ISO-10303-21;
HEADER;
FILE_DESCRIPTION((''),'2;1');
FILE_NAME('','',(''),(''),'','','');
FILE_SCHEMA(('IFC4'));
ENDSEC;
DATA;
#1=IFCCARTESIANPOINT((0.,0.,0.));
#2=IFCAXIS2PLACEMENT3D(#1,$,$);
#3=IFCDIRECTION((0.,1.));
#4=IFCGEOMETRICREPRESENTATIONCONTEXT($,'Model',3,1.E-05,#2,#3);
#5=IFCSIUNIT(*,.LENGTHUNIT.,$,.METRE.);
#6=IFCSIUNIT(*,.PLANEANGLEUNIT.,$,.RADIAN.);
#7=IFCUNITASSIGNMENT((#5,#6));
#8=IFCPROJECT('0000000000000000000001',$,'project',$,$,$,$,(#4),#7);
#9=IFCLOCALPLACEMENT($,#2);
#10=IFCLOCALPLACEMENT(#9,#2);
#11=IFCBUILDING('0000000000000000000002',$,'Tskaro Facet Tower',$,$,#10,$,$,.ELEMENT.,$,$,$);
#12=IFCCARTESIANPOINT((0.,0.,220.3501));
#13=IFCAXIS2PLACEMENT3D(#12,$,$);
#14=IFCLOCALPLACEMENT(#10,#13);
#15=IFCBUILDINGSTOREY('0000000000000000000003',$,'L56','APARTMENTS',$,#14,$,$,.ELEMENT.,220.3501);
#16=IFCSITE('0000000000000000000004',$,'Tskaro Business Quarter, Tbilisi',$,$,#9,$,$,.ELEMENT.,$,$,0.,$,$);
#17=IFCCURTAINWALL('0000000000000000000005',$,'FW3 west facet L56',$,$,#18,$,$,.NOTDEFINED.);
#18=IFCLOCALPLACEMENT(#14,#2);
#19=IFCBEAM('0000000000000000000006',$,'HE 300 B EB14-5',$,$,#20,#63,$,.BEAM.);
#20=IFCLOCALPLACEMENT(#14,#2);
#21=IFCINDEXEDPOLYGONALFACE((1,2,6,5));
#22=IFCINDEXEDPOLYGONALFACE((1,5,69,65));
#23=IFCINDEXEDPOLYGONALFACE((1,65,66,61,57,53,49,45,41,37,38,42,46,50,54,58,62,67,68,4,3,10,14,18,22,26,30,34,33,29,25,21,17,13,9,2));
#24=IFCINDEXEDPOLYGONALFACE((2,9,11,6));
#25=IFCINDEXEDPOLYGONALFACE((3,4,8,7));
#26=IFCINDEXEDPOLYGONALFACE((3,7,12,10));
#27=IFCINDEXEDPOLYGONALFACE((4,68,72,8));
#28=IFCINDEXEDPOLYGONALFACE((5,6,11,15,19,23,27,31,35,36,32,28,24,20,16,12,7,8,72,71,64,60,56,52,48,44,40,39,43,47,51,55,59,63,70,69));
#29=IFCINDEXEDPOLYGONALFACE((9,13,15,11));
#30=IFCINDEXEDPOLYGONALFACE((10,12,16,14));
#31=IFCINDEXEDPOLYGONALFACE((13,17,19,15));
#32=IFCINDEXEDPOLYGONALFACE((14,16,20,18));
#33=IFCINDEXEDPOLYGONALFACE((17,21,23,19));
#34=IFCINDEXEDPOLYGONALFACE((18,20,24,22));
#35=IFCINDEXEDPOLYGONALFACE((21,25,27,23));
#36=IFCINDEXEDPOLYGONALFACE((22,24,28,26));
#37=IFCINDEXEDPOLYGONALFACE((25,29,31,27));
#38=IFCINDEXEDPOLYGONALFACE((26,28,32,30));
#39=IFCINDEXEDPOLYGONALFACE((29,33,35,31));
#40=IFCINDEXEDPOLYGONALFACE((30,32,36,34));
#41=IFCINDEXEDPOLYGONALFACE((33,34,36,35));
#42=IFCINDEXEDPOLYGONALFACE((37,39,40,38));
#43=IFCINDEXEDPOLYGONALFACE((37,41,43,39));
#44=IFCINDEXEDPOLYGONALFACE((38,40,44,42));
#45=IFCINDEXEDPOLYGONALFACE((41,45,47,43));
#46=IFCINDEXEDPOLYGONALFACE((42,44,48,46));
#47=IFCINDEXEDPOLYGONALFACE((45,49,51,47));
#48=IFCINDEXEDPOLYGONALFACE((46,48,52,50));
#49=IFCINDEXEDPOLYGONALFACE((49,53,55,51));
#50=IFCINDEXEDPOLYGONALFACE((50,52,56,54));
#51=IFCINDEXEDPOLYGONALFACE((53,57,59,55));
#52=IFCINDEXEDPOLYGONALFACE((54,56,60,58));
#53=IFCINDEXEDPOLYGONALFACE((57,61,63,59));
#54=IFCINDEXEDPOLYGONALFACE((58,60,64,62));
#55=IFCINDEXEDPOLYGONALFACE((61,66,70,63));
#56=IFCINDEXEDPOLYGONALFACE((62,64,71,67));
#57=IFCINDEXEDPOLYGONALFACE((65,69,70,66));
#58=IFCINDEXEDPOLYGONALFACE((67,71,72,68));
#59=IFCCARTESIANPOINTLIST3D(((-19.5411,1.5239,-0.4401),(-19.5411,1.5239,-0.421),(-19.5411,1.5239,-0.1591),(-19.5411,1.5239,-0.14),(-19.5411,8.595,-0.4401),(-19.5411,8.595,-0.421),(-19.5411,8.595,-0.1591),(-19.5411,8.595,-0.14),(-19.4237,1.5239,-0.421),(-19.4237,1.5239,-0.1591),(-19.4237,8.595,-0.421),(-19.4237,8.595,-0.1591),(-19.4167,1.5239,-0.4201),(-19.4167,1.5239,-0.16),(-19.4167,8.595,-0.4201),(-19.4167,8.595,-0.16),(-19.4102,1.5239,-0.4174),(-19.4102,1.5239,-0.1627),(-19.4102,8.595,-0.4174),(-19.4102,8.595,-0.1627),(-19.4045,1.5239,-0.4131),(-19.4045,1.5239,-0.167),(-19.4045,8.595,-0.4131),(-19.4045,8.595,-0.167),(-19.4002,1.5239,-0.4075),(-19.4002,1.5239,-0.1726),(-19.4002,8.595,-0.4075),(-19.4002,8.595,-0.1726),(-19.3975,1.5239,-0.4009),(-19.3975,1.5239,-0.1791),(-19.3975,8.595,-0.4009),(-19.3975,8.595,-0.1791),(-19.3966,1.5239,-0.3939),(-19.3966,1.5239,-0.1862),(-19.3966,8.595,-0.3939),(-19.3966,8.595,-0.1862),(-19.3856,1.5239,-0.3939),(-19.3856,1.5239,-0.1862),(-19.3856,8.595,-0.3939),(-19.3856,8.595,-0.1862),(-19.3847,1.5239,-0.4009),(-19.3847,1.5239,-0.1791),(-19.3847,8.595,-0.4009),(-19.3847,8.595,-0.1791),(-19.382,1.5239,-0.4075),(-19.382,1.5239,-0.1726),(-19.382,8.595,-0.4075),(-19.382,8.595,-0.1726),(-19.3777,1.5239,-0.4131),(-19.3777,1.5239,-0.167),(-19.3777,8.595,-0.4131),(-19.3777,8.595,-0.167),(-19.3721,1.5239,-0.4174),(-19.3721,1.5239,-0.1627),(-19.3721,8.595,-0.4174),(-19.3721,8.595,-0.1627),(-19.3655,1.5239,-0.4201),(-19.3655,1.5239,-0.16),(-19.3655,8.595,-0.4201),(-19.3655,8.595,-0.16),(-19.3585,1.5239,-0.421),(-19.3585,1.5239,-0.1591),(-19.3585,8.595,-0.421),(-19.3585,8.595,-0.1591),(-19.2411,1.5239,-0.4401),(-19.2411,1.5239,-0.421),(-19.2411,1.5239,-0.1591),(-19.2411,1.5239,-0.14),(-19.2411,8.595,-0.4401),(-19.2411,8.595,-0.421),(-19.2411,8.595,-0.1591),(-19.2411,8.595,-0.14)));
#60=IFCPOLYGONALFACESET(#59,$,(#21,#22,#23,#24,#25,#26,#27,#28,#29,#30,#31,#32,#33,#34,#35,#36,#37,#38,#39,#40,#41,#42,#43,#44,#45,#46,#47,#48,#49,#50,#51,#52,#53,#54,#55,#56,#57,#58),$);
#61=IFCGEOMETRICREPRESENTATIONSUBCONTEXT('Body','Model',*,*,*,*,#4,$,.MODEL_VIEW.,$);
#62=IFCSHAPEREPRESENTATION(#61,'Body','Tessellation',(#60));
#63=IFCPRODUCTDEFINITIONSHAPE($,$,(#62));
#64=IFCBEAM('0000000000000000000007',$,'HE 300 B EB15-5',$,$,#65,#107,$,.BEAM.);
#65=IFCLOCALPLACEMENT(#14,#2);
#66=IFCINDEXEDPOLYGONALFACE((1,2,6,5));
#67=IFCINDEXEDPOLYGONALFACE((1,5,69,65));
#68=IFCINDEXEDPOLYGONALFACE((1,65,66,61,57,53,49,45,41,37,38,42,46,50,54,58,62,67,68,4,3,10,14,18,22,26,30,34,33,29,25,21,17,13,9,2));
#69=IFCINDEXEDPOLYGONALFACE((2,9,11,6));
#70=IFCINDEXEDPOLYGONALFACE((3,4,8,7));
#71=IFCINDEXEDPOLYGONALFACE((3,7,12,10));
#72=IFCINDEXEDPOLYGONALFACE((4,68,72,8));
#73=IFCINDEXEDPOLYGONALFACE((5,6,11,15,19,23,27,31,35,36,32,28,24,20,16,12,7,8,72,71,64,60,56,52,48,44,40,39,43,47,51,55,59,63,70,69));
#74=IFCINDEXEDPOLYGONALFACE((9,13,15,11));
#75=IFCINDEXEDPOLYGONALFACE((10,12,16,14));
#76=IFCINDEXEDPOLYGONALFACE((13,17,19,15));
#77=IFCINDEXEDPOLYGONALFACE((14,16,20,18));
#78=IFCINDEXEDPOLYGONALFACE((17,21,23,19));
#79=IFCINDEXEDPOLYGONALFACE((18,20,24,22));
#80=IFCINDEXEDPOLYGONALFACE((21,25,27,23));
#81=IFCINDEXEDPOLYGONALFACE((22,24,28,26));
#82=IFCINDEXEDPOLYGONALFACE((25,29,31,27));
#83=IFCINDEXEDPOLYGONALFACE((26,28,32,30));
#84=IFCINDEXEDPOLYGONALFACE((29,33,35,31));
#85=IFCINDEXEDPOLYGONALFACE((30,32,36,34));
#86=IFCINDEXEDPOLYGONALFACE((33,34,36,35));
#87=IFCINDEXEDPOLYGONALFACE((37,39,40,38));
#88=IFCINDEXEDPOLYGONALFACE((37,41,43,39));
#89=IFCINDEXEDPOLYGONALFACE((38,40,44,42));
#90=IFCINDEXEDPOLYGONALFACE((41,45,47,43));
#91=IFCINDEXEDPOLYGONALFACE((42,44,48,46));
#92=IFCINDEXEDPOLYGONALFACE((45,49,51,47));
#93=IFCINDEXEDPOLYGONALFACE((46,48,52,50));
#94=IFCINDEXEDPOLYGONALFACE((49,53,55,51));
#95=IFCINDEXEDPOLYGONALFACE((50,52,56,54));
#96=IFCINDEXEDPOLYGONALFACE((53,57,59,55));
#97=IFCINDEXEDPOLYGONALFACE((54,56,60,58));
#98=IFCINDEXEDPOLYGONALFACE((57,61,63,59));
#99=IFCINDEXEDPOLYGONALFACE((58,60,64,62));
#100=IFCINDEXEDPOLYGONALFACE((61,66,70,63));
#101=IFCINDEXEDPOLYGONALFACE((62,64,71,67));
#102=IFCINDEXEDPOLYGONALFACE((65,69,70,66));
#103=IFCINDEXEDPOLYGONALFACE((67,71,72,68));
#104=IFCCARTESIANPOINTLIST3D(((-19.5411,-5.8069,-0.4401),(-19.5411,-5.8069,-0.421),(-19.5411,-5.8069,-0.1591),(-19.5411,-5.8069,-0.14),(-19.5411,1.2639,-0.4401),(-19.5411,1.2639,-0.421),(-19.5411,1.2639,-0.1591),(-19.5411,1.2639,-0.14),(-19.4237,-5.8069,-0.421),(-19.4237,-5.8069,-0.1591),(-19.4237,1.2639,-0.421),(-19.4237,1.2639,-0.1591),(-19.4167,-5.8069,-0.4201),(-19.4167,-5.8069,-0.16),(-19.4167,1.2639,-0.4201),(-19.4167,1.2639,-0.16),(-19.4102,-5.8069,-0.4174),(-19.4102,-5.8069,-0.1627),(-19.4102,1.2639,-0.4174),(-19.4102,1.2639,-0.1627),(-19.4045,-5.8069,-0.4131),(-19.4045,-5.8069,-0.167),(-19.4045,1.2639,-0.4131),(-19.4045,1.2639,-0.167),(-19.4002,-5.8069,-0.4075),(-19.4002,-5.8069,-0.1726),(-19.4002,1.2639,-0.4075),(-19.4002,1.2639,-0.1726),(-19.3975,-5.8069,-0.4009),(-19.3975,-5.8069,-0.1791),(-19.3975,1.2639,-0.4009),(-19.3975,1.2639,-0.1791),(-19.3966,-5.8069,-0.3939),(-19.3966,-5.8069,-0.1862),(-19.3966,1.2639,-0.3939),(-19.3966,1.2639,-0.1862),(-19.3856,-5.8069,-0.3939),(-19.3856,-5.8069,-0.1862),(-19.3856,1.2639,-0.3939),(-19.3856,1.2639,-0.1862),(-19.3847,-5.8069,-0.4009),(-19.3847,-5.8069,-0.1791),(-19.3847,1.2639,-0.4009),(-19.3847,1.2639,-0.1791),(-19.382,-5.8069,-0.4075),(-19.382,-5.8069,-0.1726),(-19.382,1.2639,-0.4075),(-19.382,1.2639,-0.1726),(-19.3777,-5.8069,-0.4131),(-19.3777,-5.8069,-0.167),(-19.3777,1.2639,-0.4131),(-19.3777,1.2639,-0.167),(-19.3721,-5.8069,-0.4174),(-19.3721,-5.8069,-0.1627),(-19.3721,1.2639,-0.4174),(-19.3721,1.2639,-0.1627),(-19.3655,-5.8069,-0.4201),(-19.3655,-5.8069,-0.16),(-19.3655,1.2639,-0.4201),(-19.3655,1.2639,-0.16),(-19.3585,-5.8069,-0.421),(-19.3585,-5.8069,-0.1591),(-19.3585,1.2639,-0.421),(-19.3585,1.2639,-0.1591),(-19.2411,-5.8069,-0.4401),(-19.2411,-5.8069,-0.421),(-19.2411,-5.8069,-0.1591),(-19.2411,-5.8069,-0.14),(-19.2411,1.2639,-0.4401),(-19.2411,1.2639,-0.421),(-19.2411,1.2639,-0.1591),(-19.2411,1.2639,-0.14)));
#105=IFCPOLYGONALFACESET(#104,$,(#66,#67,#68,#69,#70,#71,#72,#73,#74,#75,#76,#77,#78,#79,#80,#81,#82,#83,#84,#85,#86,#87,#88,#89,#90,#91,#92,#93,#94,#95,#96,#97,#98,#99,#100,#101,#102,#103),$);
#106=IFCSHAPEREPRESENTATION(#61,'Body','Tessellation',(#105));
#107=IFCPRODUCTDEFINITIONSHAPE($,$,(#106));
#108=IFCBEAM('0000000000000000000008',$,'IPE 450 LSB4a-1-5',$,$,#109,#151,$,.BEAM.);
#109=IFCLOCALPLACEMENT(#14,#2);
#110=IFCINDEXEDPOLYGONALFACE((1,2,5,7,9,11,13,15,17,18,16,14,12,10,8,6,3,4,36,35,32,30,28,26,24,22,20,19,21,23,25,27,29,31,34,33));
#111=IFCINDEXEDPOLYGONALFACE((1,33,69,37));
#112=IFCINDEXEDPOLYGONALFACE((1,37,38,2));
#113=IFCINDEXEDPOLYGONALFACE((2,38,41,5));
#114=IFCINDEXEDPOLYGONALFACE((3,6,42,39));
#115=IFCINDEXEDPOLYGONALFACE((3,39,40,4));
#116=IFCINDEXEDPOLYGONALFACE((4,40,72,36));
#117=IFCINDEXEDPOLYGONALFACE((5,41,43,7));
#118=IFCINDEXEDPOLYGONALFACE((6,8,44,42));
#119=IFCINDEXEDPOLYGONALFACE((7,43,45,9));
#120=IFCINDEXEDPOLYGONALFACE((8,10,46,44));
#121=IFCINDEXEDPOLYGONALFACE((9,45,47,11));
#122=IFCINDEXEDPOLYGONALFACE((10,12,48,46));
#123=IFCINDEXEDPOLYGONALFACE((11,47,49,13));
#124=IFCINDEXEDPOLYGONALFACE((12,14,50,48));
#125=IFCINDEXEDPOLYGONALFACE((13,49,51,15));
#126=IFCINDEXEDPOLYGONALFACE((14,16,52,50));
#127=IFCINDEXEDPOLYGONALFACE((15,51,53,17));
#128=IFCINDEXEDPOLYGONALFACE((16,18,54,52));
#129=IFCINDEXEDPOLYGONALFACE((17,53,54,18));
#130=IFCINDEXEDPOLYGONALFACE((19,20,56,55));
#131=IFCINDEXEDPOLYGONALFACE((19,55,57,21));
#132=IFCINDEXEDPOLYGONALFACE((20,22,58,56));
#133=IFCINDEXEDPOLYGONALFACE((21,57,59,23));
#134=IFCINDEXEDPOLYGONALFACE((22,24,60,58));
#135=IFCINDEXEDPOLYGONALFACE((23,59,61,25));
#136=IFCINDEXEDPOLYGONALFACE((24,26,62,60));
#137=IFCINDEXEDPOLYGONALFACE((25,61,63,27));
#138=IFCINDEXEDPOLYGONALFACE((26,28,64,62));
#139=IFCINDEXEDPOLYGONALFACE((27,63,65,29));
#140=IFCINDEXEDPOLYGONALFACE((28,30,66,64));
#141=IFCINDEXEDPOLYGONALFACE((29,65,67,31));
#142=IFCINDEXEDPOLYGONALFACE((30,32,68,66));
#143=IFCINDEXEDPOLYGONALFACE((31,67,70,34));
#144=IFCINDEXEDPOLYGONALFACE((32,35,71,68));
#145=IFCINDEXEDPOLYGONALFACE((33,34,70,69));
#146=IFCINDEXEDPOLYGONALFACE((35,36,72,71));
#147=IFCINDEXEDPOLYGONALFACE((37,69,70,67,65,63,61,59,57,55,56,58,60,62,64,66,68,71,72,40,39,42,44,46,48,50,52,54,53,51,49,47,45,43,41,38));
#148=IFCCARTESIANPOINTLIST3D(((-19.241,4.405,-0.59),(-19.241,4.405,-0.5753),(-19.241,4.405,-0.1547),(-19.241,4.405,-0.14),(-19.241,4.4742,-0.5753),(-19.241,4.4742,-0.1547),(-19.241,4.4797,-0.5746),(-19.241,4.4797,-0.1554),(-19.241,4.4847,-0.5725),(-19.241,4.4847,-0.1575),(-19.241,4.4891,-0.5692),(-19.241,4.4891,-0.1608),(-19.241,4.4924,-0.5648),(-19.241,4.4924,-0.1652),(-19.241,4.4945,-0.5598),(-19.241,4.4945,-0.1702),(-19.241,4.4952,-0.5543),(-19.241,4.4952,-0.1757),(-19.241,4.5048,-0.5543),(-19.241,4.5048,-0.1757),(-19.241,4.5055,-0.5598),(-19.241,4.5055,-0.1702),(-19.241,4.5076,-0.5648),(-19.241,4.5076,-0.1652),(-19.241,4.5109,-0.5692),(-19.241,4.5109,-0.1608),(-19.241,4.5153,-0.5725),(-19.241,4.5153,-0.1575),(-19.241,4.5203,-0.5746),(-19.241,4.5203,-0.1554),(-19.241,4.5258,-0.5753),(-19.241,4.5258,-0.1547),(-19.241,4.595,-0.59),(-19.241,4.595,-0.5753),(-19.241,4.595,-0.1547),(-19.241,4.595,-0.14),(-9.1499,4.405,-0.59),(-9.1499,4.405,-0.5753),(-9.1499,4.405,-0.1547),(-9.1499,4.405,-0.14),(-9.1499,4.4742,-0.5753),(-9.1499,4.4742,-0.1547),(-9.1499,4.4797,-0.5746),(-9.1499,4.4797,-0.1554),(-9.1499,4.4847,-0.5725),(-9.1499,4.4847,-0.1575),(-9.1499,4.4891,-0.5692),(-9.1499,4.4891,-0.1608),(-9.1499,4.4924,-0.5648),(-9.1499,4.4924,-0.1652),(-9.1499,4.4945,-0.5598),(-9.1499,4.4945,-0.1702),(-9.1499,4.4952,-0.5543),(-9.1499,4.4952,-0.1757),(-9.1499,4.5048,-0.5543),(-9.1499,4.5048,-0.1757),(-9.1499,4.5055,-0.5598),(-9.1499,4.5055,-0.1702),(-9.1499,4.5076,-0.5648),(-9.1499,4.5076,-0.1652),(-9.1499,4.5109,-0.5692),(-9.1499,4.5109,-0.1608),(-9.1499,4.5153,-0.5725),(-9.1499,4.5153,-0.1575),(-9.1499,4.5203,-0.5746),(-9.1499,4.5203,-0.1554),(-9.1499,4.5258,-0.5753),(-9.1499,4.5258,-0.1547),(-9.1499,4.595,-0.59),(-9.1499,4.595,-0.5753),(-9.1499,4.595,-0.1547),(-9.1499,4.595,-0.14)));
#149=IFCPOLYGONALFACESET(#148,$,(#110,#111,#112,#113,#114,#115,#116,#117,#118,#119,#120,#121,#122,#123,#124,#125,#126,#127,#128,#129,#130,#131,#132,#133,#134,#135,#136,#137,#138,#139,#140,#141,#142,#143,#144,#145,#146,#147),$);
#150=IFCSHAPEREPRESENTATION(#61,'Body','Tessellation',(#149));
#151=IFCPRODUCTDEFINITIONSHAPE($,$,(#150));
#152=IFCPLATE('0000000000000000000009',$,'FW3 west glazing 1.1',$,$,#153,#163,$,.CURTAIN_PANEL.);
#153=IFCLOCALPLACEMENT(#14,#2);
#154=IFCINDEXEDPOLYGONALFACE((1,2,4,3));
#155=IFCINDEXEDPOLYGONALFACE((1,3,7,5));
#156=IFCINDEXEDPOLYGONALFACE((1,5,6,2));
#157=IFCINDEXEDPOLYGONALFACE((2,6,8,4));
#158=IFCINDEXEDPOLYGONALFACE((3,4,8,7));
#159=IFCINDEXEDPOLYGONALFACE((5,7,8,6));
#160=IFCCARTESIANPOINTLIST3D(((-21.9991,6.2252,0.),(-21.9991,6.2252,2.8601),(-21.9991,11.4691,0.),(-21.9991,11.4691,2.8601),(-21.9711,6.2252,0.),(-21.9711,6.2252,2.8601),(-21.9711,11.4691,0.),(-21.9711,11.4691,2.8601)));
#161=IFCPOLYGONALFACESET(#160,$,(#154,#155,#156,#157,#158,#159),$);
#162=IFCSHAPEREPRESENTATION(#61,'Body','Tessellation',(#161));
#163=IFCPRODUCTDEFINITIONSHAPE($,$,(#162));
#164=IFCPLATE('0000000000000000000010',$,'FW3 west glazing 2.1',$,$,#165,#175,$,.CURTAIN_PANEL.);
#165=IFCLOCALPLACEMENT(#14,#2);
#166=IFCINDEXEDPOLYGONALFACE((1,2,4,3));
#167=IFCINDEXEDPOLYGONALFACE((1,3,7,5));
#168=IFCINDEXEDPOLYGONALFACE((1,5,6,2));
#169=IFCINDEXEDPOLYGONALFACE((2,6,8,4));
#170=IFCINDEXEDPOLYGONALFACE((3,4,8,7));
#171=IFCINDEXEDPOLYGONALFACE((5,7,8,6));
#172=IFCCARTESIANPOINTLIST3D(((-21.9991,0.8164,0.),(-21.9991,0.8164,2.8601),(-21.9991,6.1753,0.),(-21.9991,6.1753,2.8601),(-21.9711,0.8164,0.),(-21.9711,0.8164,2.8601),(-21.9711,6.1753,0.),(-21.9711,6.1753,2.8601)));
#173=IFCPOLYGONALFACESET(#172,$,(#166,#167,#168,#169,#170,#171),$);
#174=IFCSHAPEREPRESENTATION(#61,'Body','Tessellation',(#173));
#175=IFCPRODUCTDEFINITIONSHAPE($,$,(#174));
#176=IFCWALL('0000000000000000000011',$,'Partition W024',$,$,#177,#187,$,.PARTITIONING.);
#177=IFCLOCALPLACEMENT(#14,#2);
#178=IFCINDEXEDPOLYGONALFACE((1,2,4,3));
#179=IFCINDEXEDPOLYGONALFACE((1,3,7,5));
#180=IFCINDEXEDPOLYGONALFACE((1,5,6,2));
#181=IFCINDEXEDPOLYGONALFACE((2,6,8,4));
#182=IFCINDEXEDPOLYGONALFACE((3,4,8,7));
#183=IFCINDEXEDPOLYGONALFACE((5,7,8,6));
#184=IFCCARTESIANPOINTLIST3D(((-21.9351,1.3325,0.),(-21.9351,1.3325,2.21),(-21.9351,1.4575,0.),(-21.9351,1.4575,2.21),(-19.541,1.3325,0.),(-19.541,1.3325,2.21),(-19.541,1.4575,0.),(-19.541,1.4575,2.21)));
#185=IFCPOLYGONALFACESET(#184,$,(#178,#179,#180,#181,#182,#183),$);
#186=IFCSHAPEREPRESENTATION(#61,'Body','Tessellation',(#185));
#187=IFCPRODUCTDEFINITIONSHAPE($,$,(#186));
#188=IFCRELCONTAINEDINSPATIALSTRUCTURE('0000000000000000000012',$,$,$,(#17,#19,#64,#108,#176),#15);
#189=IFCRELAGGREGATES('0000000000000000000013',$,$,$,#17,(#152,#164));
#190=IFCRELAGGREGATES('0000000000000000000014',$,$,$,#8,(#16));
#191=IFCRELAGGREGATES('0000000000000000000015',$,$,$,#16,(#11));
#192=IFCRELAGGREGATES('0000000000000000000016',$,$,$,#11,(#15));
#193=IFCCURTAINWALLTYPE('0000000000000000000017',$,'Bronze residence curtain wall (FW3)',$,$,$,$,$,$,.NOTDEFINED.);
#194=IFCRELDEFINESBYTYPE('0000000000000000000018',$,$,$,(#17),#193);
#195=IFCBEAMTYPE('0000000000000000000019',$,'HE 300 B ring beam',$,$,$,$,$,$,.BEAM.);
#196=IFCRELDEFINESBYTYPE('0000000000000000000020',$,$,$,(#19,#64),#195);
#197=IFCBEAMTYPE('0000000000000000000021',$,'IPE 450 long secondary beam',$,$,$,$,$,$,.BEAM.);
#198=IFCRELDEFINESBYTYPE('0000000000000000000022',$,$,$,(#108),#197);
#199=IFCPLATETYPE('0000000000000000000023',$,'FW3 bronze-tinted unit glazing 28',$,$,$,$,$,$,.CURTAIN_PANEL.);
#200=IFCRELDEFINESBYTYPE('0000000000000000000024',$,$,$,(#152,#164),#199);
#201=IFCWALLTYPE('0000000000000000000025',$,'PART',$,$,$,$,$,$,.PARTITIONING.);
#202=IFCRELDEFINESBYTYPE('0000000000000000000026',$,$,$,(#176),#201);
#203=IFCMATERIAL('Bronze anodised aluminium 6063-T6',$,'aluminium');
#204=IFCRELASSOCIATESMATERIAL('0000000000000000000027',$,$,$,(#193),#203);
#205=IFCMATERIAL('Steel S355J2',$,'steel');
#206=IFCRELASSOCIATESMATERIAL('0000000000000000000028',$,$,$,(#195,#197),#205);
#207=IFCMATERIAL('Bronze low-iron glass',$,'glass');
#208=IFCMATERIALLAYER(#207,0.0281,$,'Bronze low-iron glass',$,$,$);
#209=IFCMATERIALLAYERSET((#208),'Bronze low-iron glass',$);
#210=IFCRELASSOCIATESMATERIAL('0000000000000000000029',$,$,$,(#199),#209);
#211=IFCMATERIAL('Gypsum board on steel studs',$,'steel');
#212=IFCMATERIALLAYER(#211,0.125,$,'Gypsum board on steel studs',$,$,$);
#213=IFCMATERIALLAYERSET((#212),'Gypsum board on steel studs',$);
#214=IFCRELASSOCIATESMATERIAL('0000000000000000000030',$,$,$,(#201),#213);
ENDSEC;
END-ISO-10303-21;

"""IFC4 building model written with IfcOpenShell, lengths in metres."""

from ifc_helpers import new_model, si_unit, direction, frame, frame_2d, origin, origin_2d, place, context, subcontext, project, spatial, rectangle, i_section, extrude, material, layer, layer_set, material_profile, profile_set, type_object, element, aggregate, save


model = new_model("IFC4")

# Units and contexts
model_context = context("Model", 3, precision=1e-05, world=origin(), true_north=direction((0.0, 1.0)))
body_context = subcontext(model_context, "Body", "Model", "MODEL_VIEW")
ifc_project = project(units=[si_unit("LENGTHUNIT", "METRE"), si_unit("PLANEANGLEUNIT", "RADIAN")], contexts=[model_context])

# Site, building, storey
site_placement = place(None, origin())
site = spatial("IfcSite", under=ifc_project, at=site_placement, Name="Tskaro Business Quarter, Tbilisi", CompositionType="ELEMENT", RefElevation=0.0)
building_placement = place(site_placement, origin())
building = spatial("IfcBuilding", under=site, at=building_placement, Name="Tskaro Facet Tower", CompositionType="ELEMENT")
storey_placement = place(building_placement, frame((0.0, 0.0, 220.3501)))
storey = spatial("IfcBuildingStorey", under=building, at=storey_placement, Name="L56", Description="APARTMENTS", CompositionType="ELEMENT", Elevation=220.3501)

# Curtain wall
ifc_material_1 = material(Name="Bronze anodised aluminium 6063-T6", Category="aluminium")
curtain_wall_type = type_object("IfcCurtainWallType", Name="Bronze residence curtain wall (FW3)", PredefinedType="NOTDEFINED", material=ifc_material_1)
curtain_wall_placement = place(storey_placement, origin())
curtain_wall = element("IfcCurtainWall", 1, at=curtain_wall_placement, inside=storey, type_object=curtain_wall_type, Name="FW3 west facet L56", PredefinedType="NOTDEFINED")

# Beams
ifc_material_2 = material(Name="Steel S355J2", Category="steel")
ifc_material_profile_1 = material_profile(ifc_material_2, i_section(OverallWidth=0.3, OverallDepth=0.3, WebThickness=0.011, FlangeThickness=0.019, FilletRadius=0.0271, at=origin_2d()), Name="HE 300 B")
ifc_profile_set_1 = profile_set([ifc_material_profile_1], Name="Steel S355J2")
beam_type_1 = type_object("IfcBeamType", Name="HE 300 B ring beam", PredefinedType="BEAM", material=ifc_profile_set_1)
beam_1_placement = place(storey_placement, frame((-19.3911, 8.595, -0.29), z_axis=(0.0, -1.0, 0.0), x_axis=(1.0, 0.0, 0.0)))
element("IfcBeam", 2, at=beam_1_placement, inside=storey, type_object=beam_type_1, Name="HE 300 B EB14-5", PredefinedType="BEAM", context=body_context, shape_type="SweptSolid", body=[
    extrude(i_section(OverallWidth=0.3, OverallDepth=0.3, WebThickness=0.011, FlangeThickness=0.019, FilletRadius=0.0271, at=origin_2d()), origin(), (0.0, 0.0, 1.0), 7.071),
])
beam_2_placement = place(storey_placement, frame((-19.3911, 1.2639, -0.29), z_axis=(0.0, -1.0, 0.0), x_axis=(1.0, 0.0, 0.0)))
element("IfcBeam", 3, at=beam_2_placement, inside=storey, type_object=beam_type_1, Name="HE 300 B EB15-5", PredefinedType="BEAM", context=body_context, shape_type="SweptSolid", body=[
    extrude(i_section(OverallWidth=0.3, OverallDepth=0.3, WebThickness=0.011, FlangeThickness=0.019, FilletRadius=0.0271, at=origin_2d()), origin(), (0.0, 0.0, 1.0), 7.0708),
])
ifc_material_profile_2 = material_profile(ifc_material_2, i_section(OverallWidth=0.1899, OverallDepth=0.45, WebThickness=0.0095, FlangeThickness=0.0146, FilletRadius=0.021, at=origin_2d()), Name="IPE 450")
ifc_profile_set_2 = profile_set([ifc_material_profile_2], Name="Steel S355J2")
beam_type_2 = type_object("IfcBeamType", Name="IPE 450 long secondary beam", PredefinedType="BEAM", material=ifc_profile_set_2)
beam_3_placement = place(storey_placement, frame((-19.241, 4.5, -0.365), z_axis=(1.0, 0.0, 0.0), x_axis=(0.0, 1.0, 0.0)))
element("IfcBeam", 4, at=beam_3_placement, inside=storey, type_object=beam_type_2, Name="IPE 450 LSB4a-1-5", PredefinedType="BEAM", context=body_context, shape_type="SweptSolid", body=[
    extrude(i_section(OverallWidth=0.1899, OverallDepth=0.45, WebThickness=0.0095, FlangeThickness=0.0146, FilletRadius=0.021, at=origin_2d()), origin(), (0.0, 0.0, 1.0), 10.0911),
])

# Plates
ifc_material_3 = material(Name="Bronze low-iron glass", Category="glass")
ifc_layer_1 = layer(ifc_material_3, 0.0281, Name="Bronze low-iron glass")
ifc_layer_set_1 = layer_set([ifc_layer_1], Name="Bronze low-iron glass")
plate_type = type_object("IfcPlateType", Name="FW3 bronze-tinted unit glazing 28", PredefinedType="CURTAIN_PANEL", material=ifc_layer_set_1)
plate_1_placement = place(storey_placement, frame((-21.9851, 8.8472, 0.0), z_axis=(0.0, 0.0, 1.0), x_axis=(0.0, -1.0, 0.0)))
plate_1 = element("IfcPlate", 5, at=plate_1_placement, type_object=plate_type, Name="FW3 west glazing 1.1", PredefinedType="CURTAIN_PANEL", context=body_context, shape_type="SweptSolid", body=[
    extrude(rectangle(XDim=5.2439, YDim=0.0281, at=origin_2d()), origin(), (0.0, 0.0, 1.0), 2.8601),
])
plate_2_placement = place(storey_placement, frame((-21.9851, 3.4958, 0.0), z_axis=(0.0, 0.0, 1.0), x_axis=(0.0, -1.0, 0.0)))
plate_2 = element("IfcPlate", 6, at=plate_2_placement, type_object=plate_type, Name="FW3 west glazing 2.1", PredefinedType="CURTAIN_PANEL", context=body_context, shape_type="SweptSolid", body=[
    extrude(rectangle(XDim=5.3589, YDim=0.0281, at=origin_2d()), origin(), (0.0, 0.0, 1.0), 2.8601),
])
aggregate(curtain_wall, [plate_1, plate_2])

# Wall
ifc_material_4 = material(Name="Gypsum board on steel studs", Category="steel")
ifc_layer_2 = layer(ifc_material_4, 0.125, Name="Gypsum board on steel studs")
ifc_layer_set_2 = layer_set([ifc_layer_2], Name="Gypsum board on steel studs")
wall_type_1 = type_object("IfcWallType", Name="PART", PredefinedType="PARTITIONING", material=ifc_layer_set_2)
wall_1_placement = place(storey_placement, frame((-21.9351, 1.395, 0.0), z_axis=(0.0, 0.0, 1.0), x_axis=(1.0, 0.0, 0.0)))
element("IfcWall", 7, at=wall_1_placement, inside=storey, type_object=wall_type_1, Name="Partition W024", PredefinedType="PARTITIONING", context=body_context, shape_type="SweptSolid", body=[
    extrude(rectangle(XDim=2.394, YDim=0.125, at=frame_2d((1.197, 0.0))), origin(), (0.0, 0.0, 1.0), 2.21),
])

save(model, "model.ifc")
